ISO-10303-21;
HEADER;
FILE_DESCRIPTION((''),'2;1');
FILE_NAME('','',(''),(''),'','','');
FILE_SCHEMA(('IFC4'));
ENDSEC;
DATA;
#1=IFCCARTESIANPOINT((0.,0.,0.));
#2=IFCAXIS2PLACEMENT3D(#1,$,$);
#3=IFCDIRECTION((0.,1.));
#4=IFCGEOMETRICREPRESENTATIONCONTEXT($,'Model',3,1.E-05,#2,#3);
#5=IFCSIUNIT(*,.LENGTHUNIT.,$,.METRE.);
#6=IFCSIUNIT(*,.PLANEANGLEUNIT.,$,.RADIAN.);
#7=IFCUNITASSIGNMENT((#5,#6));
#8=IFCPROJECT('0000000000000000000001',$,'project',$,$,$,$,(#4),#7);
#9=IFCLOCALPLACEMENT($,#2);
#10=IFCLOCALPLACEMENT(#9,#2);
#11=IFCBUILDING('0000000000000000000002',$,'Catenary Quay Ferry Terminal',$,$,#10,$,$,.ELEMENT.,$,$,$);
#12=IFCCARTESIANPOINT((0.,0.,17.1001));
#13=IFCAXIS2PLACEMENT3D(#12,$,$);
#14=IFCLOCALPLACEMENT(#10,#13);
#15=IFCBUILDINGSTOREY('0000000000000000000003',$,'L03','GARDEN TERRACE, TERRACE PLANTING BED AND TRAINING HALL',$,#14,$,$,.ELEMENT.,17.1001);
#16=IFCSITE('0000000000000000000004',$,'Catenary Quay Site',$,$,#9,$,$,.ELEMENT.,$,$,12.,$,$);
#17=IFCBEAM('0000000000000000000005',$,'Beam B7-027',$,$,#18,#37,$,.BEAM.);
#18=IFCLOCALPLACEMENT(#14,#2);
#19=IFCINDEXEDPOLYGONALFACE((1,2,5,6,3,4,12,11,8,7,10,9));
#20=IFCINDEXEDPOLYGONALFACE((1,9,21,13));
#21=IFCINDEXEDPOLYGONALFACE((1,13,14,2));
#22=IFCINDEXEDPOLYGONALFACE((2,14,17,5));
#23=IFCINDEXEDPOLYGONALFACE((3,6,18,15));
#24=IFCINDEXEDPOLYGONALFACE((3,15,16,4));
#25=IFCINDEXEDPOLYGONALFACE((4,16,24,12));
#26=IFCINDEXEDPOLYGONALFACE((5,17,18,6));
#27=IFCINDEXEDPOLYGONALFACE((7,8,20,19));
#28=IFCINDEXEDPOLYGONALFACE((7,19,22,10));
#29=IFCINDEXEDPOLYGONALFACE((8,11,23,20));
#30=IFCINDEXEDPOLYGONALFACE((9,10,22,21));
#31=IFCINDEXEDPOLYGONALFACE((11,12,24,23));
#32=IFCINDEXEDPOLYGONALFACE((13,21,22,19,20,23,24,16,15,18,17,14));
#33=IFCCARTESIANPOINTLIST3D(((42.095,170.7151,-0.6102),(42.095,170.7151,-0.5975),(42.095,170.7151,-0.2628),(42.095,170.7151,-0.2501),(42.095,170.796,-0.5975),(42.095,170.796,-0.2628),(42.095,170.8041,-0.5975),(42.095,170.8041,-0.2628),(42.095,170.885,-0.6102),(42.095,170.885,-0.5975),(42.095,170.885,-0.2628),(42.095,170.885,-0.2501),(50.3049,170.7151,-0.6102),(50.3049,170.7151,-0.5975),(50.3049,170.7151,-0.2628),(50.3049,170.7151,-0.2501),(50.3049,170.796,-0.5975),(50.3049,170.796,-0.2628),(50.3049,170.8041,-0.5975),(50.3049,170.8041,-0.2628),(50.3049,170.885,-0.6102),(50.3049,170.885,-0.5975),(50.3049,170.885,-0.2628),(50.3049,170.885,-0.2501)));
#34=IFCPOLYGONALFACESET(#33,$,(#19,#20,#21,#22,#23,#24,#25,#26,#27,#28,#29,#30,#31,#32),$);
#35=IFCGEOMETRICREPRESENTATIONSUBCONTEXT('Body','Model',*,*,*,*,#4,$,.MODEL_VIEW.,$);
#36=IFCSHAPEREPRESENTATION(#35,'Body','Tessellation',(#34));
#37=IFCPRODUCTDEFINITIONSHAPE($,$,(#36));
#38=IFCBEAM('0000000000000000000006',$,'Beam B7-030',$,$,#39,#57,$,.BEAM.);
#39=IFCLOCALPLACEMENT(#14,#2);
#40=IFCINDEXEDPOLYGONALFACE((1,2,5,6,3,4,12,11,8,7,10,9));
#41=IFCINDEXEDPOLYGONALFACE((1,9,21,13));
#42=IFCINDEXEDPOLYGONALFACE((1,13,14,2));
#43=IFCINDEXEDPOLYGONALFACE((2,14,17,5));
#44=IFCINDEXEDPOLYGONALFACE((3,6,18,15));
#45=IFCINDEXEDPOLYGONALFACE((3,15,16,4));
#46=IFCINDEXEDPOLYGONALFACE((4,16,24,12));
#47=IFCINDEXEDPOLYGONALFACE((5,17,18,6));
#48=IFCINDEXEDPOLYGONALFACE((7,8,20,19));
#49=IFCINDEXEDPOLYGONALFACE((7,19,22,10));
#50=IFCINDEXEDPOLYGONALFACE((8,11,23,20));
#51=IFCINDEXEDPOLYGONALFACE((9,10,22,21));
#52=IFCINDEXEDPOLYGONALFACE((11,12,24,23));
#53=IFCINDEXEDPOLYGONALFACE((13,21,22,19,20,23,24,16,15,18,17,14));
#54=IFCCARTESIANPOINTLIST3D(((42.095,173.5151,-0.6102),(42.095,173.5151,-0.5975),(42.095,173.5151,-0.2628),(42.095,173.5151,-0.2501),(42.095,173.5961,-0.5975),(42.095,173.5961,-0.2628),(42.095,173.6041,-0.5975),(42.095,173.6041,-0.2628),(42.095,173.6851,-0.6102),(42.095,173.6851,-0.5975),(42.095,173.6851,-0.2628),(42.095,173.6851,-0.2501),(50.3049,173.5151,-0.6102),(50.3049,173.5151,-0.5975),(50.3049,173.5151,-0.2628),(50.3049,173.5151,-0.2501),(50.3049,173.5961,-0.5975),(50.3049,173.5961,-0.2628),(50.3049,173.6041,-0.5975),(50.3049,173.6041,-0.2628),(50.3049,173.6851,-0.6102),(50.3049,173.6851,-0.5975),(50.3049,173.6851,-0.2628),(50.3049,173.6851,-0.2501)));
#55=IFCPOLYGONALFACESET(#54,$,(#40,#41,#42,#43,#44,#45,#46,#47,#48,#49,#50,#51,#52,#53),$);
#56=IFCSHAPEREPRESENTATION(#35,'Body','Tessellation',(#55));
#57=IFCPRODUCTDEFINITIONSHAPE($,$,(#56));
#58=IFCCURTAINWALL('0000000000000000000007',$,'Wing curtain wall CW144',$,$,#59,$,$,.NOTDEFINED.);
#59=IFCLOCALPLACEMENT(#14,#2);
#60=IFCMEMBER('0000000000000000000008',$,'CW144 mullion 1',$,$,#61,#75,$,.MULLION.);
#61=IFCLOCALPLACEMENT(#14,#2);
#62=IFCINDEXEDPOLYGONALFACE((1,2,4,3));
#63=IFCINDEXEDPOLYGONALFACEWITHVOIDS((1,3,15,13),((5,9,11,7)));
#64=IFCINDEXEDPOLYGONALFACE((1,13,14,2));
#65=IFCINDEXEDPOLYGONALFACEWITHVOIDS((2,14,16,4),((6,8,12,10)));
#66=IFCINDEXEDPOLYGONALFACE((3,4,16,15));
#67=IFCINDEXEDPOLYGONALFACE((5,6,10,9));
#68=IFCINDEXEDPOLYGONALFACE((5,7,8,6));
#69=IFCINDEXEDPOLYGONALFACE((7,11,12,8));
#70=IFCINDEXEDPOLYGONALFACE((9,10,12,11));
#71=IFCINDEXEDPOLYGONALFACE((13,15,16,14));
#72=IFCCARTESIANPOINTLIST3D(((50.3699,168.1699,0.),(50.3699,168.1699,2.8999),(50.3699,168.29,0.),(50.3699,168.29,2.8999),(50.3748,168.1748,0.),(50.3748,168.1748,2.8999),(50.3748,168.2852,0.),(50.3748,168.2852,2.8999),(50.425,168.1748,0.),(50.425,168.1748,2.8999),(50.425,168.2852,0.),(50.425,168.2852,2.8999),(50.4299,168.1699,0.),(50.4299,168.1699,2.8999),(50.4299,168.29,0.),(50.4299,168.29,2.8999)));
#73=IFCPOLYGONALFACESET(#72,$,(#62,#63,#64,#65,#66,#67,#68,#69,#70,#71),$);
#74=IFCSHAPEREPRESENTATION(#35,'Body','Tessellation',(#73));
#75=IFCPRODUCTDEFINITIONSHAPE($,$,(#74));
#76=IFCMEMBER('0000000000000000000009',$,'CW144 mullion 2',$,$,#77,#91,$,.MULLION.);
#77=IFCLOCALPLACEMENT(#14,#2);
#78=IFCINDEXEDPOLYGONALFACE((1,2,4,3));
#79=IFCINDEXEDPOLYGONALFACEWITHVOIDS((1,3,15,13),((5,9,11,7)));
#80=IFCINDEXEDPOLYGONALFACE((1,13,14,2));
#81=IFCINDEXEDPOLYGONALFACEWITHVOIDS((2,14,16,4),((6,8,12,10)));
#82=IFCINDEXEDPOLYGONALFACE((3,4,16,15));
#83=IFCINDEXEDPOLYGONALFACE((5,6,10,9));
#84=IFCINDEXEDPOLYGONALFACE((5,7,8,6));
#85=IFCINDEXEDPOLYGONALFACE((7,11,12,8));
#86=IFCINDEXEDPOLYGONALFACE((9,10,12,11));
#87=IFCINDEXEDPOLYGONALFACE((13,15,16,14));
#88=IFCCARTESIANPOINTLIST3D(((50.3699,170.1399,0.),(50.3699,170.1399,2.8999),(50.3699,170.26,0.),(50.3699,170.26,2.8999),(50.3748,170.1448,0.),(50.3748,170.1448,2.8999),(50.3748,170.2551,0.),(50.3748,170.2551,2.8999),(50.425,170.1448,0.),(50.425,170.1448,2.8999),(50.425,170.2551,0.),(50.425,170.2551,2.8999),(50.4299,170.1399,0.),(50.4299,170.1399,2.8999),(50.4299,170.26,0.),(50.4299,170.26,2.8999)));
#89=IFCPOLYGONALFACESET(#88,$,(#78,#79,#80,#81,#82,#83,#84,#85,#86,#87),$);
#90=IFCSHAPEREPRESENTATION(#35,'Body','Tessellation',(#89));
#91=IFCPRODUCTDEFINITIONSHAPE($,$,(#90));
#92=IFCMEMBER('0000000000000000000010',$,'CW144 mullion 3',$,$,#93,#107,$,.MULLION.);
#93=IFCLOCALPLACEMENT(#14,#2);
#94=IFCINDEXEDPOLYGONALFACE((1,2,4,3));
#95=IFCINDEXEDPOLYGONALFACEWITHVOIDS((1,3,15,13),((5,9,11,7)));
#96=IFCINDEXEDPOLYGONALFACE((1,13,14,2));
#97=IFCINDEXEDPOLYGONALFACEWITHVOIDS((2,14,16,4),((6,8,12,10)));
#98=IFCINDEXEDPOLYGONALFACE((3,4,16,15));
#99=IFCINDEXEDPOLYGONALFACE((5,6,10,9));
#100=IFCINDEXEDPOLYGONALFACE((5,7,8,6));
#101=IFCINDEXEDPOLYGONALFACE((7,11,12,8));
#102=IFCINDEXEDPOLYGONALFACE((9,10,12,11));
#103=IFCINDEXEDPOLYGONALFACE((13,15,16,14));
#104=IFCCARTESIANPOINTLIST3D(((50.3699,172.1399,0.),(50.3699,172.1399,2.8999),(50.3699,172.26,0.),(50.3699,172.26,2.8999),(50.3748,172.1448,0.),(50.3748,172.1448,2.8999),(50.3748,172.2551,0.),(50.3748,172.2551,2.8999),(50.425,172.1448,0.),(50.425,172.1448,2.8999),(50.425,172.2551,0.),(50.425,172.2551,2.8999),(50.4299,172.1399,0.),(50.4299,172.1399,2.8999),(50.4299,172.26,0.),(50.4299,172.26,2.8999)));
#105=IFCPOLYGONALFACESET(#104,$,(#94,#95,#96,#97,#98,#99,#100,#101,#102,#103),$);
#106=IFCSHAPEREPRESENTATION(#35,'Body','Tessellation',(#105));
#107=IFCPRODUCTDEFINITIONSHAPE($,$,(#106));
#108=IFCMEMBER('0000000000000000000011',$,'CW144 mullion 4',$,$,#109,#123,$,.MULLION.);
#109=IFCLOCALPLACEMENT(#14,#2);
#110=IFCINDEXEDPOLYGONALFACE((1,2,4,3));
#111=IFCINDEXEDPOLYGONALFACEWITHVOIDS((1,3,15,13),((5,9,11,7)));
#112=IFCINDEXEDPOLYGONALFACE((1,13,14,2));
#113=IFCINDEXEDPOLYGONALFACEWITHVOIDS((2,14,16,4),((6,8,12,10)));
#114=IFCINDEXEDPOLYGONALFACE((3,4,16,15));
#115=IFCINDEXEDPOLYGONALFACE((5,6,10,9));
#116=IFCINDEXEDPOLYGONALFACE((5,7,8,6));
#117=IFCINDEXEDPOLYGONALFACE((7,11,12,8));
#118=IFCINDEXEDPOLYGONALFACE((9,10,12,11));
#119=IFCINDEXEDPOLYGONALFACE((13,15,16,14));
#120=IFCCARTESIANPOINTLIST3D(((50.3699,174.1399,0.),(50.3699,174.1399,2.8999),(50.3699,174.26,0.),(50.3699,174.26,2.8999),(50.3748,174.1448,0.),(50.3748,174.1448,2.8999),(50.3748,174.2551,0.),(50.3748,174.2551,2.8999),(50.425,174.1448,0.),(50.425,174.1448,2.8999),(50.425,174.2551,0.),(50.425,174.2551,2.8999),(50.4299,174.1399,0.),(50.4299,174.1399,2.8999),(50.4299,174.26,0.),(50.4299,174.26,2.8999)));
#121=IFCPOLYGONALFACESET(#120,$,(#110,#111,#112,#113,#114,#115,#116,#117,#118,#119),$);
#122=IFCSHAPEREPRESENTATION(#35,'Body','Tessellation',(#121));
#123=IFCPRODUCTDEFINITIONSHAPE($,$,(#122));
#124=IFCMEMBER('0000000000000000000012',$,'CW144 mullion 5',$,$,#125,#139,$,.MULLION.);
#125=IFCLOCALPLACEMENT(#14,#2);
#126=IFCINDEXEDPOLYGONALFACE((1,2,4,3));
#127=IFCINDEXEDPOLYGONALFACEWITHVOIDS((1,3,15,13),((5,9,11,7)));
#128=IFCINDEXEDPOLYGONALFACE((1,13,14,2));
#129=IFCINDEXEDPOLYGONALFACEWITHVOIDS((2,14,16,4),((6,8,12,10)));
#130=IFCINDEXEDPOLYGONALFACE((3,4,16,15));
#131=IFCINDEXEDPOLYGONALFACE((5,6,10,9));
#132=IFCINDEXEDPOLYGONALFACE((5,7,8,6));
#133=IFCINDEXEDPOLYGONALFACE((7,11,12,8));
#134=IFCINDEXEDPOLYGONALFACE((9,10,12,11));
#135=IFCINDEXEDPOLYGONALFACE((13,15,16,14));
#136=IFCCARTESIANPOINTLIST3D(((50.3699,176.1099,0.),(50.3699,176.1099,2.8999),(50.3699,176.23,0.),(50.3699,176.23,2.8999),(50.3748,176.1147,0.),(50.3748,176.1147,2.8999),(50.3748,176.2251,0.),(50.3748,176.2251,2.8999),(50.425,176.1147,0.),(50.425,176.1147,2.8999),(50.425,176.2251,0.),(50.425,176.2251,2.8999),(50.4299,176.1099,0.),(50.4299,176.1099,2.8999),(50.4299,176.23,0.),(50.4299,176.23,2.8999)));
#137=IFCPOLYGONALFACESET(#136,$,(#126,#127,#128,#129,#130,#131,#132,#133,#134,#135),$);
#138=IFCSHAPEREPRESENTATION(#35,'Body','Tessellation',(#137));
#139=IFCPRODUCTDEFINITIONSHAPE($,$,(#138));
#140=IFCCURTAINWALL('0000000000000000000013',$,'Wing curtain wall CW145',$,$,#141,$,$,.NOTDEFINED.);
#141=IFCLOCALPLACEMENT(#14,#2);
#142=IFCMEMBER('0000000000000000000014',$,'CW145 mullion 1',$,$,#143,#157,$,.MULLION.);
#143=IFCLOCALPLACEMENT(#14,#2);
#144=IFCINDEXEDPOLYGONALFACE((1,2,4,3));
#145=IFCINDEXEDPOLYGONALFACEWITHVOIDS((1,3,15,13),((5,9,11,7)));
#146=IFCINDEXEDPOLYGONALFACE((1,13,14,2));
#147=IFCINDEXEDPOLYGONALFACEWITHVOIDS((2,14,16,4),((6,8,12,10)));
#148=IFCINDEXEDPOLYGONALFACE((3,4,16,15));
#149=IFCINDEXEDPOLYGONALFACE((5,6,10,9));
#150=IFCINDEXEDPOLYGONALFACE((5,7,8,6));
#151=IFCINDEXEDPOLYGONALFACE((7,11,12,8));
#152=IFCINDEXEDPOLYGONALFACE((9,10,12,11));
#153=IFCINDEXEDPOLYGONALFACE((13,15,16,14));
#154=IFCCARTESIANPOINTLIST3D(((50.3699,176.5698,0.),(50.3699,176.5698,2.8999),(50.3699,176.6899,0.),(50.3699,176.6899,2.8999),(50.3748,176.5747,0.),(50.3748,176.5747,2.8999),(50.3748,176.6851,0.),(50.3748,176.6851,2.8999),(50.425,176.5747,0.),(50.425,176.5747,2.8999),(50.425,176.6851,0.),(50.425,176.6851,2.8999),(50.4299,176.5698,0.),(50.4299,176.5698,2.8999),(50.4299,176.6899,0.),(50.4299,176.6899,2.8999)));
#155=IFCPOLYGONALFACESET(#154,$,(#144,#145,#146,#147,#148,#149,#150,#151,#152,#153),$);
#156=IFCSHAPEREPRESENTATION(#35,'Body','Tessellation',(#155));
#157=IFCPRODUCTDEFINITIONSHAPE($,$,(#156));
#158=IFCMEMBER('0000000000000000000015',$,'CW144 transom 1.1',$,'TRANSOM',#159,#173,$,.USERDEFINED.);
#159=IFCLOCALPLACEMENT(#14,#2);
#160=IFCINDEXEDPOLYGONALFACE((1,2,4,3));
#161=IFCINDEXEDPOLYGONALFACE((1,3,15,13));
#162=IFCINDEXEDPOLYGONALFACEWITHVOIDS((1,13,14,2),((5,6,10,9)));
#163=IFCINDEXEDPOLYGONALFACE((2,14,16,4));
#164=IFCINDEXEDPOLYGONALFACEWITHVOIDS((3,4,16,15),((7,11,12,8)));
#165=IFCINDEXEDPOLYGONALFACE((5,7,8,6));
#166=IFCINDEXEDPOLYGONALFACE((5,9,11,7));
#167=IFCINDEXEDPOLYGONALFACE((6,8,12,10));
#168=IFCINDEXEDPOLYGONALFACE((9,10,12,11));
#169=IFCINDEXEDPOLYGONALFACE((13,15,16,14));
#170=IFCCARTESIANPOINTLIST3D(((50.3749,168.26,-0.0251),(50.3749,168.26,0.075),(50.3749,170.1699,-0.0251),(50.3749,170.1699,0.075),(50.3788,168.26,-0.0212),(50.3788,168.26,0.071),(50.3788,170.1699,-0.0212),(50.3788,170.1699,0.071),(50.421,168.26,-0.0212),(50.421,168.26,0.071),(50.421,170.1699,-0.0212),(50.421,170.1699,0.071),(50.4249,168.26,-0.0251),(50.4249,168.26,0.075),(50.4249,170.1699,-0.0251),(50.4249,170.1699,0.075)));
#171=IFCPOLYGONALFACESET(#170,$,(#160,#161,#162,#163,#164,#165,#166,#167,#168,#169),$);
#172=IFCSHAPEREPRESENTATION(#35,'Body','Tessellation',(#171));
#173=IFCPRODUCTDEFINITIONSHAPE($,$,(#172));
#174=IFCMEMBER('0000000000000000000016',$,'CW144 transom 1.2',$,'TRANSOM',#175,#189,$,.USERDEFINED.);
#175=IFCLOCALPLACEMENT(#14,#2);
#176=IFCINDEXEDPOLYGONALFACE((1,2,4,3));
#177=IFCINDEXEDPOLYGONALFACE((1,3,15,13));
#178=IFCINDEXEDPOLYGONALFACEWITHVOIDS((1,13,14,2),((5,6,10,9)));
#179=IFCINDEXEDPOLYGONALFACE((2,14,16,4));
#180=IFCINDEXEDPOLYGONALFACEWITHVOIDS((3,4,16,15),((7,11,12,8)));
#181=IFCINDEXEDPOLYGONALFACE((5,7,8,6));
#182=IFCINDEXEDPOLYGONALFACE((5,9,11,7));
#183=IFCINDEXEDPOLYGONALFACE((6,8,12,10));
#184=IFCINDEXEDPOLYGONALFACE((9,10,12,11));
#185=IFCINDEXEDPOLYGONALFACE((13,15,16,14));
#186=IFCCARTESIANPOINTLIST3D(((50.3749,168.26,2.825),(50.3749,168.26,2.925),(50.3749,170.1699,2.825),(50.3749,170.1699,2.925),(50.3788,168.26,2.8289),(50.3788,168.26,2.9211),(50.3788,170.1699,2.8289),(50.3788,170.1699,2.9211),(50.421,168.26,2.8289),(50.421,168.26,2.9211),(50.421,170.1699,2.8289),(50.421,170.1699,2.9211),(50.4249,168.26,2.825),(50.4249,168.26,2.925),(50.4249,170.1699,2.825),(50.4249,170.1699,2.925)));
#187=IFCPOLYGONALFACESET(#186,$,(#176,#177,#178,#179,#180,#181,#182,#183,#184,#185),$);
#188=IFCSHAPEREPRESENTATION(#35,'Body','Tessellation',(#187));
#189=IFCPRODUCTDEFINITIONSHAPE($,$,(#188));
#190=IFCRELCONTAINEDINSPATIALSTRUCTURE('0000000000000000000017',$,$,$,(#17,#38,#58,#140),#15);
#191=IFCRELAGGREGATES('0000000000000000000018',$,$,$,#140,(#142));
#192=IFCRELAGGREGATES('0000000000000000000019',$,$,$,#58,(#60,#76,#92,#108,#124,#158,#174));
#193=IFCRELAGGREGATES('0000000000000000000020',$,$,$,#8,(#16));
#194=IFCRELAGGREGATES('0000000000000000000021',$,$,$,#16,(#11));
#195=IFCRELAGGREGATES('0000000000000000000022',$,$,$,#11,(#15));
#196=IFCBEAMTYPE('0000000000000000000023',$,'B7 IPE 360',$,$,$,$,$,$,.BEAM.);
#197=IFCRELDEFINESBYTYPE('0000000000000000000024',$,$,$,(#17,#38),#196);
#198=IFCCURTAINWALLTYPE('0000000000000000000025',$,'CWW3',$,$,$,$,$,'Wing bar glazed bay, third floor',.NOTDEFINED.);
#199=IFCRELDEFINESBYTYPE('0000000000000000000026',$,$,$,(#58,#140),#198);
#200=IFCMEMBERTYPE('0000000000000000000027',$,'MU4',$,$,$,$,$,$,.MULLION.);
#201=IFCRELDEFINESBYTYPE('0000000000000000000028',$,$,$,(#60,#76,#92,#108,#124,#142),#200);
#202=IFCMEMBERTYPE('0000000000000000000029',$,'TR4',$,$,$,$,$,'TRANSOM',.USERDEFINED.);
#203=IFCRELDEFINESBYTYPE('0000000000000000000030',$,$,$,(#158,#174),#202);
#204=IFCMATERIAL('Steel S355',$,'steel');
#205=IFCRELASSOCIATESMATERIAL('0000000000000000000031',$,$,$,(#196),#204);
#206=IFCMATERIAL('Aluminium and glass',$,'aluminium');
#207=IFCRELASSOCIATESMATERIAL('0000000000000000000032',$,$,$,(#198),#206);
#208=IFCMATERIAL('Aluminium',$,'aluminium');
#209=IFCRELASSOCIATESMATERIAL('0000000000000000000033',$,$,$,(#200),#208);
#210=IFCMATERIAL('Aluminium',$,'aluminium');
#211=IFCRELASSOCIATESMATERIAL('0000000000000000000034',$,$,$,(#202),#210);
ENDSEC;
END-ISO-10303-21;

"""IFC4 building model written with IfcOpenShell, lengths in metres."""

from ifc_helpers import new_model, si_unit, direction, frame, origin, origin_2d, place, context, subcontext, project, spatial, hollow_rectangle, i_section, extrude, material, material_profile, profile_set, type_object, element, aggregate, save


model = new_model("IFC4")

# Units and contexts
model_context = context("Model", 3, precision=1e-05, world=origin(), true_north=direction((0.0, 1.0)))
body_context = subcontext(model_context, "Body", "Model", "MODEL_VIEW")
ifc_project = project(units=[si_unit("LENGTHUNIT", "METRE"), si_unit("PLANEANGLEUNIT", "RADIAN")], contexts=[model_context])

# Site, building, storey
site_placement = place(None, origin())
site = spatial("IfcSite", under=ifc_project, at=site_placement, Name="Catenary Quay Site", CompositionType="ELEMENT", RefElevation=12.0)
building_placement = place(site_placement, origin())
building = spatial("IfcBuilding", under=site, at=building_placement, Name="Catenary Quay Ferry Terminal", CompositionType="ELEMENT")
storey_placement = place(building_placement, frame((0.0, 0.0, 17.1001)))
storey = spatial("IfcBuildingStorey", under=building, at=storey_placement, Name="L03", Description="GARDEN TERRACE, TERRACE PLANTING BED AND TRAINING HALL", CompositionType="ELEMENT", Elevation=17.1001)

# Beams
ifc_material_1 = material(Name="Steel S355", Category="steel")
ifc_material_profile_1 = material_profile(ifc_material_1, i_section(OverallWidth=0.1699, OverallDepth=0.3601, WebThickness=0.0081, FlangeThickness=0.0127, at=origin_2d()), Name="IPE 360")
ifc_profile_set_1 = profile_set([ifc_material_profile_1], Name="Steel S355")
beam_type_1 = type_object("IfcBeamType", Name="B7 IPE 360", PredefinedType="BEAM", material=ifc_profile_set_1)
for number, where, z_axis, x_axis, name in (
    (1, (42.095, 170.8, -0.4302), (1.0, 0.0, 0.0), (0.0, 1.0, 0.0), "Beam B7-027"),
    (2, (42.095, 173.6001, -0.4302), (1.0, 0.0, 0.0), (0.0, 1.0, 0.0), "Beam B7-030"),
):
    element("IfcBeam", number, at=place(storey_placement, frame(where, z_axis=z_axis, x_axis=x_axis)), inside=storey, type_object=beam_type_1, Name=name, PredefinedType="BEAM", context=body_context, shape_type="SweptSolid", body=[
        extrude(i_section(OverallWidth=0.1699, OverallDepth=0.3601, WebThickness=0.0081, FlangeThickness=0.0127, at=origin_2d()), origin(), (0.0, 0.0, 1.0), 8.21),
    ])

# Curtain wall, members
ifc_material_2 = material(Name="Aluminium and glass", Category="aluminium")
curtain_wall_type = type_object("IfcCurtainWallType", Name="CWW3", ElementType="Wing bar glazed bay, third floor", PredefinedType="NOTDEFINED", material=ifc_material_2)
curtain_wall_1_placement = place(storey_placement, origin())
curtain_wall_1 = element("IfcCurtainWall", 3, at=curtain_wall_1_placement, inside=storey, type_object=curtain_wall_type, Name="Wing curtain wall CW144", PredefinedType="NOTDEFINED")
ifc_material_3 = material(Name="Aluminium", Category="aluminium")
ifc_material_profile_2 = material_profile(ifc_material_3, hollow_rectangle(XDim=0.0601, YDim=0.1201, WallThickness=0.0049, at=origin_2d()), Name="MU4")
ifc_profile_set_2 = profile_set([ifc_material_profile_2], Name="Aluminium")
member_type_1 = type_object("IfcMemberType", Name="MU4", PredefinedType="MULLION", material=ifc_profile_set_2)
member_1_placement = place(storey_placement, frame((50.3999, 168.23, 0.0), z_axis=(0.0, 0.0, 1.0), x_axis=(-1.0, 0.0, 0.0)))
member_1 = element("IfcMember", 4, at=member_1_placement, type_object=member_type_1, Name="CW144 mullion 1", PredefinedType="MULLION", context=body_context, shape_type="SweptSolid", body=[
    extrude(hollow_rectangle(XDim=0.0601, YDim=0.1201, WallThickness=0.0049, at=origin_2d()), origin(), (0.0, 0.0, 1.0), 2.8999),
])
member_2_placement = place(storey_placement, frame((50.3999, 170.2, 0.0), z_axis=(0.0, 0.0, 1.0), x_axis=(-1.0, 0.0, 0.0)))
member_2 = element("IfcMember", 5, at=member_2_placement, type_object=member_type_1, Name="CW144 mullion 2", PredefinedType="MULLION", context=body_context, shape_type="SweptSolid", body=[
    extrude(hollow_rectangle(XDim=0.0601, YDim=0.1201, WallThickness=0.0049, at=origin_2d()), origin(), (0.0, 0.0, 1.0), 2.8999),
])
member_3_placement = place(storey_placement, frame((50.3999, 172.2, 0.0), z_axis=(0.0, 0.0, 1.0), x_axis=(-1.0, 0.0, 0.0)))
member_3 = element("IfcMember", 6, at=member_3_placement, type_object=member_type_1, Name="CW144 mullion 3", PredefinedType="MULLION", context=body_context, shape_type="SweptSolid", body=[
    extrude(hollow_rectangle(XDim=0.0601, YDim=0.1201, WallThickness=0.0049, at=origin_2d()), origin(), (0.0, 0.0, 1.0), 2.8999),
])
member_4_placement = place(storey_placement, frame((50.3999, 174.2, 0.0), z_axis=(0.0, 0.0, 1.0), x_axis=(-1.0, 0.0, 0.0)))
member_4 = element("IfcMember", 7, at=member_4_placement, type_object=member_type_1, Name="CW144 mullion 4", PredefinedType="MULLION", context=body_context, shape_type="SweptSolid", body=[
    extrude(hollow_rectangle(XDim=0.0601, YDim=0.1201, WallThickness=0.0049, at=origin_2d()), origin(), (0.0, 0.0, 1.0), 2.8999),
])
member_5_placement = place(storey_placement, frame((50.3999, 176.1699, 0.0), z_axis=(0.0, 0.0, 1.0), x_axis=(-1.0, 0.0, 0.0)))
member_5 = element("IfcMember", 8, at=member_5_placement, type_object=member_type_1, Name="CW144 mullion 5", PredefinedType="MULLION", context=body_context, shape_type="SweptSolid", body=[
    extrude(hollow_rectangle(XDim=0.0601, YDim=0.1201, WallThickness=0.0049, at=origin_2d()), origin(), (0.0, 0.0, 1.0), 2.8999),
])

# Curtain wall, member
curtain_wall_2_placement = place(storey_placement, origin())
curtain_wall_2 = element("IfcCurtainWall", 9, at=curtain_wall_2_placement, inside=storey, type_object=curtain_wall_type, Name="Wing curtain wall CW145", PredefinedType="NOTDEFINED")
member_6_placement = place(storey_placement, frame((50.3999, 176.6299, 0.0), z_axis=(0.0, 0.0, 1.0), x_axis=(-1.0, 0.0, 0.0)))
member_6 = element("IfcMember", 10, at=member_6_placement, type_object=member_type_1, Name="CW145 mullion 1", PredefinedType="MULLION", context=body_context, shape_type="SweptSolid", body=[
    extrude(hollow_rectangle(XDim=0.0601, YDim=0.1201, WallThickness=0.0049, at=origin_2d()), origin(), (0.0, 0.0, 1.0), 2.8999),
])
aggregate(curtain_wall_2, [member_6])

# Members
ifc_material_4 = material(Name="Aluminium", Category="aluminium")
ifc_material_profile_3 = material_profile(ifc_material_4, hollow_rectangle(XDim=0.05, YDim=0.1001, WallThickness=0.0039, at=origin_2d()), Name="TR4")
ifc_profile_set_3 = profile_set([ifc_material_profile_3], Name="Aluminium")
member_type_2 = type_object("IfcMemberType", Name="TR4", ElementType="TRANSOM", PredefinedType="USERDEFINED", material=ifc_profile_set_3)
member_7_placement = place(storey_placement, frame((50.3999, 168.26, 0.0249), z_axis=(0.0, 1.0, 0.0), x_axis=(-1.0, 0.0, 0.0)))
member_7 = element("IfcMember", 11, at=member_7_placement, type_object=member_type_2, Name="CW144 transom 1.1", ObjectType="TRANSOM", PredefinedType="USERDEFINED", context=body_context, shape_type="SweptSolid", body=[
    extrude(hollow_rectangle(XDim=0.05, YDim=0.1001, WallThickness=0.0039, at=origin_2d()), origin(), (0.0, 0.0, 1.0), 1.9099),
])
member_8_placement = place(storey_placement, frame((50.3999, 168.26, 2.875), z_axis=(0.0, 1.0, 0.0), x_axis=(-1.0, 0.0, 0.0)))
member_8 = element("IfcMember", 12, at=member_8_placement, type_object=member_type_2, Name="CW144 transom 1.2", ObjectType="TRANSOM", PredefinedType="USERDEFINED", context=body_context, shape_type="SweptSolid", body=[
    extrude(hollow_rectangle(XDim=0.05, YDim=0.1001, WallThickness=0.0039, at=origin_2d()), origin(), (0.0, 0.0, 1.0), 1.9099),
])

aggregate(curtain_wall_1, [member_1, member_2, member_3, member_4, member_5, member_7, member_8])

save(model, "model.ifc")
